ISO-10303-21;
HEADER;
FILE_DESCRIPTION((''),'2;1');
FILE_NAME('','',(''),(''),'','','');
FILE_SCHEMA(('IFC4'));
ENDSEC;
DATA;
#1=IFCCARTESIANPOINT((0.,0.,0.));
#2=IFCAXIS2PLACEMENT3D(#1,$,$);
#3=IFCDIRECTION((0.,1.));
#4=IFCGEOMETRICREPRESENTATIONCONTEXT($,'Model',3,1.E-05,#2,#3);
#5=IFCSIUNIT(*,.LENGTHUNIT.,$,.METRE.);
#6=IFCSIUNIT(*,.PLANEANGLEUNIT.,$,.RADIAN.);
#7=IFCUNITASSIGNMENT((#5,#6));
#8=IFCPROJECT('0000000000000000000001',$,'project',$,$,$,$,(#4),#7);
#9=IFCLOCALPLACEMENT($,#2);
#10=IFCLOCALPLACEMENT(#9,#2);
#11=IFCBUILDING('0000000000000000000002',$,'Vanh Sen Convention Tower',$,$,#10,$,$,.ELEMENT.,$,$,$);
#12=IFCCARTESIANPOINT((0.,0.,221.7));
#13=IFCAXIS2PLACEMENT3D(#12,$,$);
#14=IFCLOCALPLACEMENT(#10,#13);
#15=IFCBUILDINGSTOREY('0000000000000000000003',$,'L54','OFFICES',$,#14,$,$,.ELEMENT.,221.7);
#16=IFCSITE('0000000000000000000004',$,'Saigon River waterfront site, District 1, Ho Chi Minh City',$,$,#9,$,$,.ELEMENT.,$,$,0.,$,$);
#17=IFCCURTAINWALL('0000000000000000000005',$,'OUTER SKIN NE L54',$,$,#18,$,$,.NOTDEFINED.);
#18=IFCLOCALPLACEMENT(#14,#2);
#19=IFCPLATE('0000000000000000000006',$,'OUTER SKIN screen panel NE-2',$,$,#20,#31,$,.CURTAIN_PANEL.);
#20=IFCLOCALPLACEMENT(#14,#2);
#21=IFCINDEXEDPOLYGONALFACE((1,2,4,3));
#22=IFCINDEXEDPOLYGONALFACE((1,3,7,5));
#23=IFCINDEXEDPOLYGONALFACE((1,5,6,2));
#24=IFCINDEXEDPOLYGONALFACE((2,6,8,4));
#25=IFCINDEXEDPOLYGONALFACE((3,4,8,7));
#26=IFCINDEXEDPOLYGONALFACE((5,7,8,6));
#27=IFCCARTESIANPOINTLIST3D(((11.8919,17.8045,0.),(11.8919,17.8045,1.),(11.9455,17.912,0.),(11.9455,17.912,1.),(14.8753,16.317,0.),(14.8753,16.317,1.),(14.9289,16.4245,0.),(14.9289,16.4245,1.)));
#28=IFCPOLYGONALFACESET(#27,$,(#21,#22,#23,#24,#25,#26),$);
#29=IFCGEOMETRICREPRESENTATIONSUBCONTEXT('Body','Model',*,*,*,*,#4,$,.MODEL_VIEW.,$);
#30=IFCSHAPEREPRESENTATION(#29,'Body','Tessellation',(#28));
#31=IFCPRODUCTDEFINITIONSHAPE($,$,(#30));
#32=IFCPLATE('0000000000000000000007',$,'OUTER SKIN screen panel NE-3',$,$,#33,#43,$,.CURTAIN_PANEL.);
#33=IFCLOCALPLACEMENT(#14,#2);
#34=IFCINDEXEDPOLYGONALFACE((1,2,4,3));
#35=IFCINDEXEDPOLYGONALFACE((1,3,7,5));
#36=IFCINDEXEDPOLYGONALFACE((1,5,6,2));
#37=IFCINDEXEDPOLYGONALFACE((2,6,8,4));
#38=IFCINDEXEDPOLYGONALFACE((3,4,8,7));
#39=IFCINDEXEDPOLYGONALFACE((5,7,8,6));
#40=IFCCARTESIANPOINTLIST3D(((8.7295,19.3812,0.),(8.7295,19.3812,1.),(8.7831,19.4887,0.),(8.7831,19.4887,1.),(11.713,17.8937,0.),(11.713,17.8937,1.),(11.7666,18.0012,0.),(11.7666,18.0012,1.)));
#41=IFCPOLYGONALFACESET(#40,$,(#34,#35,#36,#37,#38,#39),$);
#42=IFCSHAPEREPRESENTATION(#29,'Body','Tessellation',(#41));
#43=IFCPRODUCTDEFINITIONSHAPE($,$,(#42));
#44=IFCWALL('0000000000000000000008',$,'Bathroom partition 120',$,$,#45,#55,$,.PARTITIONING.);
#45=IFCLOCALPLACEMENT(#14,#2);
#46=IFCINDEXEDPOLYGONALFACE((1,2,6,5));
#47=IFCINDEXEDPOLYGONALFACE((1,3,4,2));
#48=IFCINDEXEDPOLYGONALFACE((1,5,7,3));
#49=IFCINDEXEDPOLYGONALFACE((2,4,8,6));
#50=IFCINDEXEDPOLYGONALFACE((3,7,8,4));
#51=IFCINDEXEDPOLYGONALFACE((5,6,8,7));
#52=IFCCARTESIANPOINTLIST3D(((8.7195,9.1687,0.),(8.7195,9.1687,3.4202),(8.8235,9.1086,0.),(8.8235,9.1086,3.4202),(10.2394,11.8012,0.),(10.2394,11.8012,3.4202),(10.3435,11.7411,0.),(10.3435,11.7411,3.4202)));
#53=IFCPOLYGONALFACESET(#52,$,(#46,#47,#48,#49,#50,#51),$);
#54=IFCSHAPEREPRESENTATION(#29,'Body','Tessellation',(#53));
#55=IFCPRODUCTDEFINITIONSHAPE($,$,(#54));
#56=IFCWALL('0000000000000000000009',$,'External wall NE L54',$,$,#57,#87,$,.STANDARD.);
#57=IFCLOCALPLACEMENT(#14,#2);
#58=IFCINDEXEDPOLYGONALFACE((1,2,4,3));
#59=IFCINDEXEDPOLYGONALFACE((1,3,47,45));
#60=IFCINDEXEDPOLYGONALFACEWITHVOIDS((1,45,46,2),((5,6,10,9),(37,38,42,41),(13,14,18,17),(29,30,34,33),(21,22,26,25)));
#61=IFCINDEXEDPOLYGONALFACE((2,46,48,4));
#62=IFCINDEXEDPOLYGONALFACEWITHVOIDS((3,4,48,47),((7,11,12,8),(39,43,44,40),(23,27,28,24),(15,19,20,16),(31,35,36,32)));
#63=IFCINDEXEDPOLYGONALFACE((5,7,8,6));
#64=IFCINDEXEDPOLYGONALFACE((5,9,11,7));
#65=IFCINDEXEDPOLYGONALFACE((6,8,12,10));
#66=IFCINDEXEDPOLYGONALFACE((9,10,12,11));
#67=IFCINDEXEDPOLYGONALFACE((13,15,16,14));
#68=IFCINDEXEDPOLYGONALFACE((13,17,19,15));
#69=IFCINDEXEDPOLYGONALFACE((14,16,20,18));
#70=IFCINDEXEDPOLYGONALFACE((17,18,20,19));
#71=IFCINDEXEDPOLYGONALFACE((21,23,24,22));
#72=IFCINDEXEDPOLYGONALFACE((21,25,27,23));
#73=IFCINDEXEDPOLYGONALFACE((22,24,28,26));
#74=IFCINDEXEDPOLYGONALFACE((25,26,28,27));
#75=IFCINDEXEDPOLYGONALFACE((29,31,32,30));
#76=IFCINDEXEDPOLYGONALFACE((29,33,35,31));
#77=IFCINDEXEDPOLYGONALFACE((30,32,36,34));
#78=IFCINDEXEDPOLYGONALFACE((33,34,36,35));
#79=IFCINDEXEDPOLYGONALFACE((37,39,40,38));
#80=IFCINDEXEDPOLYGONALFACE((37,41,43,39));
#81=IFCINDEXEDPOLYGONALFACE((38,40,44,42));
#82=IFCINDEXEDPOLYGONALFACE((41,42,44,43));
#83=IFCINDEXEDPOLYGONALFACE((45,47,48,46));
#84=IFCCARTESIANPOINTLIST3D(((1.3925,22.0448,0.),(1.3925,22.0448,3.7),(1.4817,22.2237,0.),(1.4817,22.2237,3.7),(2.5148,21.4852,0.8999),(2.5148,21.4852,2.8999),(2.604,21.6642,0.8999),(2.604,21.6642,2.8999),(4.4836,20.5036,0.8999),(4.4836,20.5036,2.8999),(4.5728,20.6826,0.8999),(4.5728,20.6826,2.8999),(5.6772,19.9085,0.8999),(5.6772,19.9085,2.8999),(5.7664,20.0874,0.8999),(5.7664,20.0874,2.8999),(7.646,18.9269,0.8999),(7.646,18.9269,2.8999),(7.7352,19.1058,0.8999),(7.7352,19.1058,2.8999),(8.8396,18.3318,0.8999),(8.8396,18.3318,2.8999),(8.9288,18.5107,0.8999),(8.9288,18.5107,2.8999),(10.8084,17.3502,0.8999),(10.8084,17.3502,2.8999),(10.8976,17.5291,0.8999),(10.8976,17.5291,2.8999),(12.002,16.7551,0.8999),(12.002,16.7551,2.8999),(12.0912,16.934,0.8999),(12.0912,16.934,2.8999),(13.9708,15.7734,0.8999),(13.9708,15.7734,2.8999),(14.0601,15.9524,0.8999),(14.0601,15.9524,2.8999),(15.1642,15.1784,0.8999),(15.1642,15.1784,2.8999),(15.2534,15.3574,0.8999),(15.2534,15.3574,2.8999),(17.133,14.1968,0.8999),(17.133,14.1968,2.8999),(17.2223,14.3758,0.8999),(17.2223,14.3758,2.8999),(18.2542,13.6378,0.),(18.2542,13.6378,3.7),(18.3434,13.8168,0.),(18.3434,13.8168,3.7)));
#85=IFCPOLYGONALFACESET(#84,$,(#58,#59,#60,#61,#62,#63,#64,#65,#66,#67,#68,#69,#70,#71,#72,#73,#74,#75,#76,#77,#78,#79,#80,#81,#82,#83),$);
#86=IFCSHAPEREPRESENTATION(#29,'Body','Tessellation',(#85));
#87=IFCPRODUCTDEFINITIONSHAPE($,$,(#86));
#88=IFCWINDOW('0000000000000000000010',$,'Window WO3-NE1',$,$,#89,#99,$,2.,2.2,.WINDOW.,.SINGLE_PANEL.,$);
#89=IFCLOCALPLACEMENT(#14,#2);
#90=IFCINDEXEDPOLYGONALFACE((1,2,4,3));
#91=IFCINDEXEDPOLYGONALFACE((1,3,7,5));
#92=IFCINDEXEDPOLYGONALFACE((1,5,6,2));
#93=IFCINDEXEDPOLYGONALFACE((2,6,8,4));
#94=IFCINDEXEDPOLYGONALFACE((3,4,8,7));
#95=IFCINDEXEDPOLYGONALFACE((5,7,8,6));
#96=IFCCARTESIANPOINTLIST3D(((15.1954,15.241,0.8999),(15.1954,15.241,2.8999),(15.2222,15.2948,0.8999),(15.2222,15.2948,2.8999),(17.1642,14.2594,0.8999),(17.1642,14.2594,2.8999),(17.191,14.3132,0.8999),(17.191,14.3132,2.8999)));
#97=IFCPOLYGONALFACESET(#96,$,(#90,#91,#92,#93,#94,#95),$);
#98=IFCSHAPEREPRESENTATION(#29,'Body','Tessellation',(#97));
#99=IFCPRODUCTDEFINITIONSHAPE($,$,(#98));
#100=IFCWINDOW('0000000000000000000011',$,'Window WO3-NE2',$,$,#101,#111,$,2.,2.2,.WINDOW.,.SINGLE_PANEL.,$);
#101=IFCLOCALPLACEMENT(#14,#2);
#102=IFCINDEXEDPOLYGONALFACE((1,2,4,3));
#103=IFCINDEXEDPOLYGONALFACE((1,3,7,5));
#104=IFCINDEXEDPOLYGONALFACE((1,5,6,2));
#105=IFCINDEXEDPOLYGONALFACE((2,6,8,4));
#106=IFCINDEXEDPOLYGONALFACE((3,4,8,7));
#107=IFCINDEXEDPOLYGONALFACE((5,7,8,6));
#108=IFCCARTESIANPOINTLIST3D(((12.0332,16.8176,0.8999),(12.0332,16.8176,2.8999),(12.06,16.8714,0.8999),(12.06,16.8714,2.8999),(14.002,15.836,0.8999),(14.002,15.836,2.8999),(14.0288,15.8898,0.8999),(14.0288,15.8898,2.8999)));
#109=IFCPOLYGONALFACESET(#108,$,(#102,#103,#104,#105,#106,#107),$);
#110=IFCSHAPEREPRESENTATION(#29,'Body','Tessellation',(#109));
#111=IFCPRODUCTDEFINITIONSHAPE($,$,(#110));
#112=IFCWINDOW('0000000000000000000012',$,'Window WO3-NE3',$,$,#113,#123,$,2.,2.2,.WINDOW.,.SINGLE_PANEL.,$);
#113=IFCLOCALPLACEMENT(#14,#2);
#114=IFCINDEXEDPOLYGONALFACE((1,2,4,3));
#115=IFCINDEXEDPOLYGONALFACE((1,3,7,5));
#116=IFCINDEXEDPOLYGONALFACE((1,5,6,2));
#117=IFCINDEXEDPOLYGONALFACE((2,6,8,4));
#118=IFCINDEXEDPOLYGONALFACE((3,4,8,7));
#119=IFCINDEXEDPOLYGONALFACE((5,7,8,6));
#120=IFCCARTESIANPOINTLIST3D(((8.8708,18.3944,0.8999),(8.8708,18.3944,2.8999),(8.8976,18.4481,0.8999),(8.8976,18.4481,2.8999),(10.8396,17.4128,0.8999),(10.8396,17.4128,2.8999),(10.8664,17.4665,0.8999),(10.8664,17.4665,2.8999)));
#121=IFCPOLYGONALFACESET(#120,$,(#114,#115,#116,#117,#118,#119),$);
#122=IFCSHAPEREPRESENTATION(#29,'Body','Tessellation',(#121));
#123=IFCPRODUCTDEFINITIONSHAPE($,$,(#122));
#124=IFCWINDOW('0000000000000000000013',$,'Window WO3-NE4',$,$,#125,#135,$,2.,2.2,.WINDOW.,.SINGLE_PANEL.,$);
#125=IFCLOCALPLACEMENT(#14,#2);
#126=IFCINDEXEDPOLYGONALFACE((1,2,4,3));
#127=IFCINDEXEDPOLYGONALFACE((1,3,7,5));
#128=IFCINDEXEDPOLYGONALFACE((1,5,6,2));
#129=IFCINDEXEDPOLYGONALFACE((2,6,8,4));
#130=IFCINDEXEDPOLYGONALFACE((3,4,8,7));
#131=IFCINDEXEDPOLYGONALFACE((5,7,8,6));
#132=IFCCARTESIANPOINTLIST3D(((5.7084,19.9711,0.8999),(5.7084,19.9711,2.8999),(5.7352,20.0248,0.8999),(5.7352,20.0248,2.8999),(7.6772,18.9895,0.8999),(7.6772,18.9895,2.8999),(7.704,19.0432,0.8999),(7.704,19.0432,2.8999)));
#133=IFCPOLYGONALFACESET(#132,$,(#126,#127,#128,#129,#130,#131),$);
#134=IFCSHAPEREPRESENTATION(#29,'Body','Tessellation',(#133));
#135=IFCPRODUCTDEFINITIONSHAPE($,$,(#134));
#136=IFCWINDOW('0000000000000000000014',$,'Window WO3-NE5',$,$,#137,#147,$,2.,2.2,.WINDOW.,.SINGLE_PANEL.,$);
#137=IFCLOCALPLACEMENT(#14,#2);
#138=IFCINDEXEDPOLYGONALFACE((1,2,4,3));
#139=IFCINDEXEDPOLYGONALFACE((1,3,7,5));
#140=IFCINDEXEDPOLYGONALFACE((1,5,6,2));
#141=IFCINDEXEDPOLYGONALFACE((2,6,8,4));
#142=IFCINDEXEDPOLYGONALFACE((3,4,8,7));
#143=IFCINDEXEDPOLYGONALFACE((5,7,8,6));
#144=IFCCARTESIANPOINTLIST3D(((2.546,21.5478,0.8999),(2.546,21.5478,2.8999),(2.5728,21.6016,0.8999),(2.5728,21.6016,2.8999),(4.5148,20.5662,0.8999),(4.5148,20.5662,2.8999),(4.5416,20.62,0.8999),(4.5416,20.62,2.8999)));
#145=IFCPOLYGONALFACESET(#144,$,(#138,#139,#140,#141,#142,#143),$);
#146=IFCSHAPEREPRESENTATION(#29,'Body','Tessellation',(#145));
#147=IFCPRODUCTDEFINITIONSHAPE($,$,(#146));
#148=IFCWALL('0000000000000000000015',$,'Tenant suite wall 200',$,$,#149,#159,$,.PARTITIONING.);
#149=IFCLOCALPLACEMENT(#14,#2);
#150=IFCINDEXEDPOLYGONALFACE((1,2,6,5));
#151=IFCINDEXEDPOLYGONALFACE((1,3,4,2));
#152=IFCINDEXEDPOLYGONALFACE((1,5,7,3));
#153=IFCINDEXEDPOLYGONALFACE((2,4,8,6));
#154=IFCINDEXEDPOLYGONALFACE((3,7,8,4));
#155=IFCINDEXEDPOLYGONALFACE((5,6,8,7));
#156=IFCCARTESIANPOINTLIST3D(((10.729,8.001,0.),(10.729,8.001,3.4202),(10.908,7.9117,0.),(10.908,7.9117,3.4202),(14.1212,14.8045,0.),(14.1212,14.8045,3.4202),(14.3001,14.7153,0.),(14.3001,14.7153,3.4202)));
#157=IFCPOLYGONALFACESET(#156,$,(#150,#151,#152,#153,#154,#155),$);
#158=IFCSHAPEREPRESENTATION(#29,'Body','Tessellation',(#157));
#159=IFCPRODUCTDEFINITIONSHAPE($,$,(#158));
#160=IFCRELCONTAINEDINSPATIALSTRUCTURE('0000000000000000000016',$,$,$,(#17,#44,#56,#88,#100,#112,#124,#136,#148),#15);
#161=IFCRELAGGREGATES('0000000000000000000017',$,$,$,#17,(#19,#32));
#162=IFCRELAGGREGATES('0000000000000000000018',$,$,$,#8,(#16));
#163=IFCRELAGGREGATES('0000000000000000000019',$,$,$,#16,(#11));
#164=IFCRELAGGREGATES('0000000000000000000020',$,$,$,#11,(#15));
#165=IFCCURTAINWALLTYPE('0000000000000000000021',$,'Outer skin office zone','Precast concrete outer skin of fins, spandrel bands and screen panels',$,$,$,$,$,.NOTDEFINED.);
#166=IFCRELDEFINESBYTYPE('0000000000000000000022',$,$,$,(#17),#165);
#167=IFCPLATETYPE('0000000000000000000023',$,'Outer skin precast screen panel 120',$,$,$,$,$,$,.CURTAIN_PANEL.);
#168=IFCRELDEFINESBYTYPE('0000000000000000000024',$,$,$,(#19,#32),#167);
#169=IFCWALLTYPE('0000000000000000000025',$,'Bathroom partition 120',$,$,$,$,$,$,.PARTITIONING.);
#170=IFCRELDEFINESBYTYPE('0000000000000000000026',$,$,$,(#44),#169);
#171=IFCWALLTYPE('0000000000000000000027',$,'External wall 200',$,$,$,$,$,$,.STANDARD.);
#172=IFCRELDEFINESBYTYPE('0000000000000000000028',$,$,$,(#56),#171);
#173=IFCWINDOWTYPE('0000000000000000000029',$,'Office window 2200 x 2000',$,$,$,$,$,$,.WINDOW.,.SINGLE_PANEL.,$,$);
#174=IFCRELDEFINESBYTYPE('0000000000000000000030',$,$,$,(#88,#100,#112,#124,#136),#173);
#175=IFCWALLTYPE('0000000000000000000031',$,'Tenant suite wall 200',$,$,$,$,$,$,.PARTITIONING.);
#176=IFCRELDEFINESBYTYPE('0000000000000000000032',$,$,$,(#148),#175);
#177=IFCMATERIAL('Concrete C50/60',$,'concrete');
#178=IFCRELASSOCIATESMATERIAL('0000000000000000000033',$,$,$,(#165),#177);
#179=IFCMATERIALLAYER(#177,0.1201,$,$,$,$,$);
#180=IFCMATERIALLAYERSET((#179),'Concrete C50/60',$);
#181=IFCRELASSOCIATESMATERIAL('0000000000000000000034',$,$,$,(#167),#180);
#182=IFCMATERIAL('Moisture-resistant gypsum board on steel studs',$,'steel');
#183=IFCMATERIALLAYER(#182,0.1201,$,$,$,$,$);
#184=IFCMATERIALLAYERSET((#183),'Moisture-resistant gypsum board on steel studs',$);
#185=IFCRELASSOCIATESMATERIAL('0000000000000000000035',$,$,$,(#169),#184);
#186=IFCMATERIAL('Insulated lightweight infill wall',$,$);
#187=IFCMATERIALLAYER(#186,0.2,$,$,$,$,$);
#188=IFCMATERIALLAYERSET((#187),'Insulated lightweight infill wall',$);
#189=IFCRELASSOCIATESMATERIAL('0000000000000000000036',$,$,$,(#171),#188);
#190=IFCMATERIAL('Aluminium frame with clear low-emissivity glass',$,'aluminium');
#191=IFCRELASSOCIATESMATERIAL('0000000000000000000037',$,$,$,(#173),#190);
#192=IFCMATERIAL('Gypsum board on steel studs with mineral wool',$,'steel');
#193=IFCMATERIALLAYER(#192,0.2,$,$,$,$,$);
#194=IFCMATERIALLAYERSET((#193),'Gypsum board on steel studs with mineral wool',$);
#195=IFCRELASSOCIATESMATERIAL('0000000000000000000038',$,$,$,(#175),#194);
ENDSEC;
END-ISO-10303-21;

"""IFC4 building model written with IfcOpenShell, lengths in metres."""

from ifc_helpers import new_model, si_unit, direction, frame, frame_2d, origin, origin_2d, place, context, subcontext, project, spatial, rectangle, extrude, material, layer, layer_set, type_object, element, fill, aggregate, save


model = new_model("IFC4")

# Units and contexts
model_context = context("Model", 3, precision=1e-05, world=origin(), true_north=direction((0.0, 1.0)))
body_context = subcontext(model_context, "Body", "Model", "MODEL_VIEW")
ifc_project = project(units=[si_unit("LENGTHUNIT", "METRE"), si_unit("PLANEANGLEUNIT", "RADIAN")], contexts=[model_context])

# Site, building, storey
site_placement = place(None, origin())
site = spatial("IfcSite", under=ifc_project, at=site_placement, Name="Saigon River waterfront site, District 1, Ho Chi Minh City", CompositionType="ELEMENT", RefElevation=0.0)
building_placement = place(site_placement, origin())
building = spatial("IfcBuilding", under=site, at=building_placement, Name="Vanh Sen Convention Tower", CompositionType="ELEMENT")
storey_placement = place(building_placement, frame((0.0, 0.0, 221.7)))
storey = spatial("IfcBuildingStorey", under=building, at=storey_placement, Name="L54", Description="OFFICES", CompositionType="ELEMENT", Elevation=221.7)

# Curtain wall
ifc_material_1 = material(Name="Concrete C50/60", Category="concrete")
curtain_wall_type = type_object("IfcCurtainWallType", Name="Outer skin office zone", Description="Precast concrete outer skin of fins, spandrel bands and screen panels", PredefinedType="NOTDEFINED", material=ifc_material_1)
curtain_wall_1_placement = place(storey_placement, origin())
curtain_wall_1 = element("IfcCurtainWall", 1, at=curtain_wall_1_placement, inside=storey, type_object=curtain_wall_type, Name="OUTER SKIN NE L54", PredefinedType="NOTDEFINED")

# Shared definitions
ifc_layer_1 = layer(ifc_material_1, 0.1201)
ifc_layer_set_1 = layer_set([ifc_layer_1], Name="Concrete C50/60")
plate_type = type_object("IfcPlateType", Name="Outer skin precast screen panel 120", PredefinedType="CURTAIN_PANEL", material=ifc_layer_set_1)

# Plates
plate_1_placement = place(storey_placement, frame((13.4104, 17.1145, 0.0), z_axis=(0.0, 0.0, 1.0), x_axis=(-0.894936, 0.446195, 0.0)))
plate_1 = element("IfcPlate", 2, at=plate_1_placement, type_object=plate_type, Name="OUTER SKIN screen panel NE-2", PredefinedType="CURTAIN_PANEL", context=body_context, shape_type="SweptSolid", body=[
    extrude(rectangle(XDim=3.3337, YDim=0.1201, at=origin_2d()), origin(), (0.0, 0.0, 1.0), 1.0),
])
plate_2_placement = place(storey_placement, frame((10.248, 18.6912, 0.0), z_axis=(0.0, 0.0, 1.0), x_axis=(-0.894936, 0.446195, 0.0)))
plate_2 = element("IfcPlate", 3, at=plate_2_placement, type_object=plate_type, Name="OUTER SKIN screen panel NE-3", PredefinedType="CURTAIN_PANEL", context=body_context, shape_type="SweptSolid", body=[
    extrude(rectangle(XDim=3.3337, YDim=0.1201, at=origin_2d()), origin(), (0.0, 0.0, 1.0), 1.0),
])
aggregate(curtain_wall_1, [plate_1, plate_2])

# Wall
ifc_material_2 = material(Name="Moisture-resistant gypsum board on steel studs", Category="steel")
ifc_layer_2 = layer(ifc_material_2, 0.1201)
ifc_layer_set_2 = layer_set([ifc_layer_2], Name="Moisture-resistant gypsum board on steel studs")
wall_type_1 = type_object("IfcWallType", Name="Bathroom partition 120", PredefinedType="PARTITIONING", material=ifc_layer_set_2)
wall_1_placement = place(storey_placement, frame((10.2915, 11.7712, 0.0), z_axis=(0.0, 0.0, 1.0), x_axis=(-0.500026, -0.86601, 0.0)))
element("IfcWall", 4, at=wall_1_placement, inside=storey, type_object=wall_type_1, Name="Bathroom partition 120", PredefinedType="PARTITIONING", context=body_context, shape_type="SweptSolid", body=[
    extrude(rectangle(XDim=3.0398, YDim=0.1201, at=frame_2d((1.52, 0.0))), origin(), (0.0, 0.0, 1.0), 3.4202),
])

# Wall, openings, windows
ifc_material_3 = material(Name="Insulated lightweight infill wall")
ifc_layer_3 = layer(ifc_material_3, 0.2)
ifc_layer_set_3 = layer_set([ifc_layer_3], Name="Insulated lightweight infill wall")
wall_type_2 = type_object("IfcWallType", Name="External wall 200", PredefinedType="STANDARD", material=ifc_layer_set_3)
wall_2_placement = place(storey_placement, frame((18.2988, 13.7273, 0.0), z_axis=(0.0, 0.0, 1.0), x_axis=(-0.894935, 0.446197, 0.0)))
wall_2 = element("IfcWall", 5, at=wall_2_placement, inside=storey, type_object=wall_type_2, Name="External wall NE L54", PredefinedType="STANDARD", context=body_context, shape_type="SweptSolid", body=[
    extrude(rectangle(XDim=18.8413, YDim=0.2, at=frame_2d((9.4207, 0.0))), origin(), (0.0, 0.0, 1.0), 3.7),
])
opening_1_placement = place(wall_2_placement, frame((1.2527, 0.0, 0.8999)))
opening_1 = element("IfcOpeningElement", 6, at=opening_1_placement, cuts=wall_2, PredefinedType="OPENING", context=body_context, shape_type="SweptSolid", body=[
    extrude(rectangle(XDim=2.2, YDim=2.0, at=frame_2d((1.1001, 1.0))), frame((0.0, 0.1099, 0.0), z_axis=(0.0, -1.0, 0.0), x_axis=(1.0, 0.0, 0.0)), (0.0, 0.0, 1.0), 0.22),
])
opening_2_placement = place(wall_2_placement, frame((4.7861, 0.0, 0.8999)))
opening_2 = element("IfcOpeningElement", 7, at=opening_2_placement, cuts=wall_2, PredefinedType="OPENING", context=body_context, shape_type="SweptSolid", body=[
    extrude(rectangle(XDim=2.2, YDim=2.0, at=frame_2d((1.1001, 1.0))), frame((0.0, 0.1099, 0.0), z_axis=(0.0, -1.0, 0.0), x_axis=(1.0, 0.0, 0.0)), (0.0, 0.0, 1.0), 0.22),
])
opening_3_placement = place(wall_2_placement, frame((8.3198, 0.0, 0.8999)))
opening_3 = element("IfcOpeningElement", 8, at=opening_3_placement, cuts=wall_2, PredefinedType="OPENING", context=body_context, shape_type="SweptSolid", body=[
    extrude(rectangle(XDim=2.2, YDim=2.0, at=frame_2d((1.1001, 1.0))), frame((0.0, 0.1099, 0.0), z_axis=(0.0, -1.0, 0.0), x_axis=(1.0, 0.0, 0.0)), (0.0, 0.0, 1.0), 0.22),
])
opening_4_placement = place(wall_2_placement, frame((11.8535, 0.0, 0.8999)))
opening_4 = element("IfcOpeningElement", 9, at=opening_4_placement, cuts=wall_2, PredefinedType="OPENING", context=body_context, shape_type="SweptSolid", body=[
    extrude(rectangle(XDim=2.2, YDim=2.0, at=frame_2d((1.1001, 1.0))), frame((0.0, 0.1099, 0.0), z_axis=(0.0, -1.0, 0.0), x_axis=(1.0, 0.0, 0.0)), (0.0, 0.0, 1.0), 0.22),
])
opening_5_placement = place(wall_2_placement, frame((15.3872, 0.0, 0.8999)))
opening_5 = element("IfcOpeningElement", 10, at=opening_5_placement, cuts=wall_2, PredefinedType="OPENING", context=body_context, shape_type="SweptSolid", body=[
    extrude(rectangle(XDim=2.2, YDim=2.0, at=frame_2d((1.1001, 1.0))), frame((0.0, 0.1099, 0.0), z_axis=(0.0, -1.0, 0.0), x_axis=(1.0, 0.0, 0.0)), (0.0, 0.0, 1.0), 0.22),
])
ifc_material_4 = material(Name="Aluminium frame with clear low-emissivity glass", Category="aluminium")
window_type = type_object("IfcWindowType", Name="Office window 2200 x 2000", PartitioningType="SINGLE_PANEL", PredefinedType="WINDOW", material=ifc_material_4)
window_1_placement = place(opening_1_placement, origin())
window_1 = element("IfcWindow", 11, at=window_1_placement, inside=storey, type_object=window_type, Name="Window WO3-NE1", OverallHeight=2.0, OverallWidth=2.2, PartitioningType="SINGLE_PANEL", PredefinedType="WINDOW", context=body_context, shape_type="SweptSolid", body=[
    extrude(rectangle(XDim=2.2, YDim=2.0, at=frame_2d((1.1001, 1.0))), frame((0.0, 0.03, 0.0), z_axis=(0.0, -1.0, 0.0), x_axis=(1.0, 0.0, 0.0)), (0.0, 0.0, 1.0), 0.0601),
])
fill(opening_1, window_1)
window_2_placement = place(opening_2_placement, origin())
window_2 = element("IfcWindow", 12, at=window_2_placement, inside=storey, type_object=window_type, Name="Window WO3-NE2", OverallHeight=2.0, OverallWidth=2.2, PartitioningType="SINGLE_PANEL", PredefinedType="WINDOW", context=body_context, shape_type="SweptSolid", body=[
    extrude(rectangle(XDim=2.2, YDim=2.0, at=frame_2d((1.1001, 1.0))), frame((0.0, 0.03, 0.0), z_axis=(0.0, -1.0, 0.0), x_axis=(1.0, 0.0, 0.0)), (0.0, 0.0, 1.0), 0.0601),
])
fill(opening_2, window_2)
window_3_placement = place(opening_3_placement, origin())
window_3 = element("IfcWindow", 13, at=window_3_placement, inside=storey, type_object=window_type, Name="Window WO3-NE3", OverallHeight=2.0, OverallWidth=2.2, PartitioningType="SINGLE_PANEL", PredefinedType="WINDOW", context=body_context, shape_type="SweptSolid", body=[
    extrude(rectangle(XDim=2.2, YDim=2.0, at=frame_2d((1.1001, 1.0))), frame((0.0, 0.03, 0.0), z_axis=(0.0, -1.0, 0.0), x_axis=(1.0, 0.0, 0.0)), (0.0, 0.0, 1.0), 0.0601),
])
fill(opening_3, window_3)
window_4_placement = place(opening_4_placement, origin())
window_4 = element("IfcWindow", 14, at=window_4_placement, inside=storey, type_object=window_type, Name="Window WO3-NE4", OverallHeight=2.0, OverallWidth=2.2, PartitioningType="SINGLE_PANEL", PredefinedType="WINDOW", context=body_context, shape_type="SweptSolid", body=[
    extrude(rectangle(XDim=2.2, YDim=2.0, at=frame_2d((1.1001, 1.0))), frame((0.0, 0.03, 0.0), z_axis=(0.0, -1.0, 0.0), x_axis=(1.0, 0.0, 0.0)), (0.0, 0.0, 1.0), 0.0601),
])
fill(opening_4, window_4)
window_5_placement = place(opening_5_placement, origin())
window_5 = element("IfcWindow", 15, at=window_5_placement, inside=storey, type_object=window_type, Name="Window WO3-NE5", OverallHeight=2.0, OverallWidth=2.2, PartitioningType="SINGLE_PANEL", PredefinedType="WINDOW", context=body_context, shape_type="SweptSolid", body=[
    extrude(rectangle(XDim=2.2, YDim=2.0, at=frame_2d((1.1001, 1.0))), frame((0.0, 0.03, 0.0), z_axis=(0.0, -1.0, 0.0), x_axis=(1.0, 0.0, 0.0)), (0.0, 0.0, 1.0), 0.0601),
])
fill(opening_5, window_5)

# Wall
ifc_material_5 = material(Name="Gypsum board on steel studs with mineral wool", Category="steel")
ifc_layer_4 = layer(ifc_material_5, 0.2)
ifc_layer_set_4 = layer_set([ifc_layer_4], Name="Gypsum board on steel studs with mineral wool")
wall_type_3 = type_object("IfcWallType", Name="Tenant suite wall 200", PredefinedType="PARTITIONING", material=ifc_layer_set_4)
wall_3_placement = place(storey_placement, frame((14.2107, 14.76, 0.0), z_axis=(0.0, 0.0, 1.0), x_axis=(-0.446198, -0.894934, 0.0)))
element("IfcWall", 16, at=wall_3_placement, inside=storey, type_object=wall_type_3, Name="Tenant suite wall 200", PredefinedType="PARTITIONING", context=body_context, shape_type="SweptSolid", body=[
    extrude(rectangle(XDim=7.6023, YDim=0.2, at=frame_2d((3.8013, 0.0))), origin(), (0.0, 0.0, 1.0), 3.4202),
])

save(model, "model.ifc")
